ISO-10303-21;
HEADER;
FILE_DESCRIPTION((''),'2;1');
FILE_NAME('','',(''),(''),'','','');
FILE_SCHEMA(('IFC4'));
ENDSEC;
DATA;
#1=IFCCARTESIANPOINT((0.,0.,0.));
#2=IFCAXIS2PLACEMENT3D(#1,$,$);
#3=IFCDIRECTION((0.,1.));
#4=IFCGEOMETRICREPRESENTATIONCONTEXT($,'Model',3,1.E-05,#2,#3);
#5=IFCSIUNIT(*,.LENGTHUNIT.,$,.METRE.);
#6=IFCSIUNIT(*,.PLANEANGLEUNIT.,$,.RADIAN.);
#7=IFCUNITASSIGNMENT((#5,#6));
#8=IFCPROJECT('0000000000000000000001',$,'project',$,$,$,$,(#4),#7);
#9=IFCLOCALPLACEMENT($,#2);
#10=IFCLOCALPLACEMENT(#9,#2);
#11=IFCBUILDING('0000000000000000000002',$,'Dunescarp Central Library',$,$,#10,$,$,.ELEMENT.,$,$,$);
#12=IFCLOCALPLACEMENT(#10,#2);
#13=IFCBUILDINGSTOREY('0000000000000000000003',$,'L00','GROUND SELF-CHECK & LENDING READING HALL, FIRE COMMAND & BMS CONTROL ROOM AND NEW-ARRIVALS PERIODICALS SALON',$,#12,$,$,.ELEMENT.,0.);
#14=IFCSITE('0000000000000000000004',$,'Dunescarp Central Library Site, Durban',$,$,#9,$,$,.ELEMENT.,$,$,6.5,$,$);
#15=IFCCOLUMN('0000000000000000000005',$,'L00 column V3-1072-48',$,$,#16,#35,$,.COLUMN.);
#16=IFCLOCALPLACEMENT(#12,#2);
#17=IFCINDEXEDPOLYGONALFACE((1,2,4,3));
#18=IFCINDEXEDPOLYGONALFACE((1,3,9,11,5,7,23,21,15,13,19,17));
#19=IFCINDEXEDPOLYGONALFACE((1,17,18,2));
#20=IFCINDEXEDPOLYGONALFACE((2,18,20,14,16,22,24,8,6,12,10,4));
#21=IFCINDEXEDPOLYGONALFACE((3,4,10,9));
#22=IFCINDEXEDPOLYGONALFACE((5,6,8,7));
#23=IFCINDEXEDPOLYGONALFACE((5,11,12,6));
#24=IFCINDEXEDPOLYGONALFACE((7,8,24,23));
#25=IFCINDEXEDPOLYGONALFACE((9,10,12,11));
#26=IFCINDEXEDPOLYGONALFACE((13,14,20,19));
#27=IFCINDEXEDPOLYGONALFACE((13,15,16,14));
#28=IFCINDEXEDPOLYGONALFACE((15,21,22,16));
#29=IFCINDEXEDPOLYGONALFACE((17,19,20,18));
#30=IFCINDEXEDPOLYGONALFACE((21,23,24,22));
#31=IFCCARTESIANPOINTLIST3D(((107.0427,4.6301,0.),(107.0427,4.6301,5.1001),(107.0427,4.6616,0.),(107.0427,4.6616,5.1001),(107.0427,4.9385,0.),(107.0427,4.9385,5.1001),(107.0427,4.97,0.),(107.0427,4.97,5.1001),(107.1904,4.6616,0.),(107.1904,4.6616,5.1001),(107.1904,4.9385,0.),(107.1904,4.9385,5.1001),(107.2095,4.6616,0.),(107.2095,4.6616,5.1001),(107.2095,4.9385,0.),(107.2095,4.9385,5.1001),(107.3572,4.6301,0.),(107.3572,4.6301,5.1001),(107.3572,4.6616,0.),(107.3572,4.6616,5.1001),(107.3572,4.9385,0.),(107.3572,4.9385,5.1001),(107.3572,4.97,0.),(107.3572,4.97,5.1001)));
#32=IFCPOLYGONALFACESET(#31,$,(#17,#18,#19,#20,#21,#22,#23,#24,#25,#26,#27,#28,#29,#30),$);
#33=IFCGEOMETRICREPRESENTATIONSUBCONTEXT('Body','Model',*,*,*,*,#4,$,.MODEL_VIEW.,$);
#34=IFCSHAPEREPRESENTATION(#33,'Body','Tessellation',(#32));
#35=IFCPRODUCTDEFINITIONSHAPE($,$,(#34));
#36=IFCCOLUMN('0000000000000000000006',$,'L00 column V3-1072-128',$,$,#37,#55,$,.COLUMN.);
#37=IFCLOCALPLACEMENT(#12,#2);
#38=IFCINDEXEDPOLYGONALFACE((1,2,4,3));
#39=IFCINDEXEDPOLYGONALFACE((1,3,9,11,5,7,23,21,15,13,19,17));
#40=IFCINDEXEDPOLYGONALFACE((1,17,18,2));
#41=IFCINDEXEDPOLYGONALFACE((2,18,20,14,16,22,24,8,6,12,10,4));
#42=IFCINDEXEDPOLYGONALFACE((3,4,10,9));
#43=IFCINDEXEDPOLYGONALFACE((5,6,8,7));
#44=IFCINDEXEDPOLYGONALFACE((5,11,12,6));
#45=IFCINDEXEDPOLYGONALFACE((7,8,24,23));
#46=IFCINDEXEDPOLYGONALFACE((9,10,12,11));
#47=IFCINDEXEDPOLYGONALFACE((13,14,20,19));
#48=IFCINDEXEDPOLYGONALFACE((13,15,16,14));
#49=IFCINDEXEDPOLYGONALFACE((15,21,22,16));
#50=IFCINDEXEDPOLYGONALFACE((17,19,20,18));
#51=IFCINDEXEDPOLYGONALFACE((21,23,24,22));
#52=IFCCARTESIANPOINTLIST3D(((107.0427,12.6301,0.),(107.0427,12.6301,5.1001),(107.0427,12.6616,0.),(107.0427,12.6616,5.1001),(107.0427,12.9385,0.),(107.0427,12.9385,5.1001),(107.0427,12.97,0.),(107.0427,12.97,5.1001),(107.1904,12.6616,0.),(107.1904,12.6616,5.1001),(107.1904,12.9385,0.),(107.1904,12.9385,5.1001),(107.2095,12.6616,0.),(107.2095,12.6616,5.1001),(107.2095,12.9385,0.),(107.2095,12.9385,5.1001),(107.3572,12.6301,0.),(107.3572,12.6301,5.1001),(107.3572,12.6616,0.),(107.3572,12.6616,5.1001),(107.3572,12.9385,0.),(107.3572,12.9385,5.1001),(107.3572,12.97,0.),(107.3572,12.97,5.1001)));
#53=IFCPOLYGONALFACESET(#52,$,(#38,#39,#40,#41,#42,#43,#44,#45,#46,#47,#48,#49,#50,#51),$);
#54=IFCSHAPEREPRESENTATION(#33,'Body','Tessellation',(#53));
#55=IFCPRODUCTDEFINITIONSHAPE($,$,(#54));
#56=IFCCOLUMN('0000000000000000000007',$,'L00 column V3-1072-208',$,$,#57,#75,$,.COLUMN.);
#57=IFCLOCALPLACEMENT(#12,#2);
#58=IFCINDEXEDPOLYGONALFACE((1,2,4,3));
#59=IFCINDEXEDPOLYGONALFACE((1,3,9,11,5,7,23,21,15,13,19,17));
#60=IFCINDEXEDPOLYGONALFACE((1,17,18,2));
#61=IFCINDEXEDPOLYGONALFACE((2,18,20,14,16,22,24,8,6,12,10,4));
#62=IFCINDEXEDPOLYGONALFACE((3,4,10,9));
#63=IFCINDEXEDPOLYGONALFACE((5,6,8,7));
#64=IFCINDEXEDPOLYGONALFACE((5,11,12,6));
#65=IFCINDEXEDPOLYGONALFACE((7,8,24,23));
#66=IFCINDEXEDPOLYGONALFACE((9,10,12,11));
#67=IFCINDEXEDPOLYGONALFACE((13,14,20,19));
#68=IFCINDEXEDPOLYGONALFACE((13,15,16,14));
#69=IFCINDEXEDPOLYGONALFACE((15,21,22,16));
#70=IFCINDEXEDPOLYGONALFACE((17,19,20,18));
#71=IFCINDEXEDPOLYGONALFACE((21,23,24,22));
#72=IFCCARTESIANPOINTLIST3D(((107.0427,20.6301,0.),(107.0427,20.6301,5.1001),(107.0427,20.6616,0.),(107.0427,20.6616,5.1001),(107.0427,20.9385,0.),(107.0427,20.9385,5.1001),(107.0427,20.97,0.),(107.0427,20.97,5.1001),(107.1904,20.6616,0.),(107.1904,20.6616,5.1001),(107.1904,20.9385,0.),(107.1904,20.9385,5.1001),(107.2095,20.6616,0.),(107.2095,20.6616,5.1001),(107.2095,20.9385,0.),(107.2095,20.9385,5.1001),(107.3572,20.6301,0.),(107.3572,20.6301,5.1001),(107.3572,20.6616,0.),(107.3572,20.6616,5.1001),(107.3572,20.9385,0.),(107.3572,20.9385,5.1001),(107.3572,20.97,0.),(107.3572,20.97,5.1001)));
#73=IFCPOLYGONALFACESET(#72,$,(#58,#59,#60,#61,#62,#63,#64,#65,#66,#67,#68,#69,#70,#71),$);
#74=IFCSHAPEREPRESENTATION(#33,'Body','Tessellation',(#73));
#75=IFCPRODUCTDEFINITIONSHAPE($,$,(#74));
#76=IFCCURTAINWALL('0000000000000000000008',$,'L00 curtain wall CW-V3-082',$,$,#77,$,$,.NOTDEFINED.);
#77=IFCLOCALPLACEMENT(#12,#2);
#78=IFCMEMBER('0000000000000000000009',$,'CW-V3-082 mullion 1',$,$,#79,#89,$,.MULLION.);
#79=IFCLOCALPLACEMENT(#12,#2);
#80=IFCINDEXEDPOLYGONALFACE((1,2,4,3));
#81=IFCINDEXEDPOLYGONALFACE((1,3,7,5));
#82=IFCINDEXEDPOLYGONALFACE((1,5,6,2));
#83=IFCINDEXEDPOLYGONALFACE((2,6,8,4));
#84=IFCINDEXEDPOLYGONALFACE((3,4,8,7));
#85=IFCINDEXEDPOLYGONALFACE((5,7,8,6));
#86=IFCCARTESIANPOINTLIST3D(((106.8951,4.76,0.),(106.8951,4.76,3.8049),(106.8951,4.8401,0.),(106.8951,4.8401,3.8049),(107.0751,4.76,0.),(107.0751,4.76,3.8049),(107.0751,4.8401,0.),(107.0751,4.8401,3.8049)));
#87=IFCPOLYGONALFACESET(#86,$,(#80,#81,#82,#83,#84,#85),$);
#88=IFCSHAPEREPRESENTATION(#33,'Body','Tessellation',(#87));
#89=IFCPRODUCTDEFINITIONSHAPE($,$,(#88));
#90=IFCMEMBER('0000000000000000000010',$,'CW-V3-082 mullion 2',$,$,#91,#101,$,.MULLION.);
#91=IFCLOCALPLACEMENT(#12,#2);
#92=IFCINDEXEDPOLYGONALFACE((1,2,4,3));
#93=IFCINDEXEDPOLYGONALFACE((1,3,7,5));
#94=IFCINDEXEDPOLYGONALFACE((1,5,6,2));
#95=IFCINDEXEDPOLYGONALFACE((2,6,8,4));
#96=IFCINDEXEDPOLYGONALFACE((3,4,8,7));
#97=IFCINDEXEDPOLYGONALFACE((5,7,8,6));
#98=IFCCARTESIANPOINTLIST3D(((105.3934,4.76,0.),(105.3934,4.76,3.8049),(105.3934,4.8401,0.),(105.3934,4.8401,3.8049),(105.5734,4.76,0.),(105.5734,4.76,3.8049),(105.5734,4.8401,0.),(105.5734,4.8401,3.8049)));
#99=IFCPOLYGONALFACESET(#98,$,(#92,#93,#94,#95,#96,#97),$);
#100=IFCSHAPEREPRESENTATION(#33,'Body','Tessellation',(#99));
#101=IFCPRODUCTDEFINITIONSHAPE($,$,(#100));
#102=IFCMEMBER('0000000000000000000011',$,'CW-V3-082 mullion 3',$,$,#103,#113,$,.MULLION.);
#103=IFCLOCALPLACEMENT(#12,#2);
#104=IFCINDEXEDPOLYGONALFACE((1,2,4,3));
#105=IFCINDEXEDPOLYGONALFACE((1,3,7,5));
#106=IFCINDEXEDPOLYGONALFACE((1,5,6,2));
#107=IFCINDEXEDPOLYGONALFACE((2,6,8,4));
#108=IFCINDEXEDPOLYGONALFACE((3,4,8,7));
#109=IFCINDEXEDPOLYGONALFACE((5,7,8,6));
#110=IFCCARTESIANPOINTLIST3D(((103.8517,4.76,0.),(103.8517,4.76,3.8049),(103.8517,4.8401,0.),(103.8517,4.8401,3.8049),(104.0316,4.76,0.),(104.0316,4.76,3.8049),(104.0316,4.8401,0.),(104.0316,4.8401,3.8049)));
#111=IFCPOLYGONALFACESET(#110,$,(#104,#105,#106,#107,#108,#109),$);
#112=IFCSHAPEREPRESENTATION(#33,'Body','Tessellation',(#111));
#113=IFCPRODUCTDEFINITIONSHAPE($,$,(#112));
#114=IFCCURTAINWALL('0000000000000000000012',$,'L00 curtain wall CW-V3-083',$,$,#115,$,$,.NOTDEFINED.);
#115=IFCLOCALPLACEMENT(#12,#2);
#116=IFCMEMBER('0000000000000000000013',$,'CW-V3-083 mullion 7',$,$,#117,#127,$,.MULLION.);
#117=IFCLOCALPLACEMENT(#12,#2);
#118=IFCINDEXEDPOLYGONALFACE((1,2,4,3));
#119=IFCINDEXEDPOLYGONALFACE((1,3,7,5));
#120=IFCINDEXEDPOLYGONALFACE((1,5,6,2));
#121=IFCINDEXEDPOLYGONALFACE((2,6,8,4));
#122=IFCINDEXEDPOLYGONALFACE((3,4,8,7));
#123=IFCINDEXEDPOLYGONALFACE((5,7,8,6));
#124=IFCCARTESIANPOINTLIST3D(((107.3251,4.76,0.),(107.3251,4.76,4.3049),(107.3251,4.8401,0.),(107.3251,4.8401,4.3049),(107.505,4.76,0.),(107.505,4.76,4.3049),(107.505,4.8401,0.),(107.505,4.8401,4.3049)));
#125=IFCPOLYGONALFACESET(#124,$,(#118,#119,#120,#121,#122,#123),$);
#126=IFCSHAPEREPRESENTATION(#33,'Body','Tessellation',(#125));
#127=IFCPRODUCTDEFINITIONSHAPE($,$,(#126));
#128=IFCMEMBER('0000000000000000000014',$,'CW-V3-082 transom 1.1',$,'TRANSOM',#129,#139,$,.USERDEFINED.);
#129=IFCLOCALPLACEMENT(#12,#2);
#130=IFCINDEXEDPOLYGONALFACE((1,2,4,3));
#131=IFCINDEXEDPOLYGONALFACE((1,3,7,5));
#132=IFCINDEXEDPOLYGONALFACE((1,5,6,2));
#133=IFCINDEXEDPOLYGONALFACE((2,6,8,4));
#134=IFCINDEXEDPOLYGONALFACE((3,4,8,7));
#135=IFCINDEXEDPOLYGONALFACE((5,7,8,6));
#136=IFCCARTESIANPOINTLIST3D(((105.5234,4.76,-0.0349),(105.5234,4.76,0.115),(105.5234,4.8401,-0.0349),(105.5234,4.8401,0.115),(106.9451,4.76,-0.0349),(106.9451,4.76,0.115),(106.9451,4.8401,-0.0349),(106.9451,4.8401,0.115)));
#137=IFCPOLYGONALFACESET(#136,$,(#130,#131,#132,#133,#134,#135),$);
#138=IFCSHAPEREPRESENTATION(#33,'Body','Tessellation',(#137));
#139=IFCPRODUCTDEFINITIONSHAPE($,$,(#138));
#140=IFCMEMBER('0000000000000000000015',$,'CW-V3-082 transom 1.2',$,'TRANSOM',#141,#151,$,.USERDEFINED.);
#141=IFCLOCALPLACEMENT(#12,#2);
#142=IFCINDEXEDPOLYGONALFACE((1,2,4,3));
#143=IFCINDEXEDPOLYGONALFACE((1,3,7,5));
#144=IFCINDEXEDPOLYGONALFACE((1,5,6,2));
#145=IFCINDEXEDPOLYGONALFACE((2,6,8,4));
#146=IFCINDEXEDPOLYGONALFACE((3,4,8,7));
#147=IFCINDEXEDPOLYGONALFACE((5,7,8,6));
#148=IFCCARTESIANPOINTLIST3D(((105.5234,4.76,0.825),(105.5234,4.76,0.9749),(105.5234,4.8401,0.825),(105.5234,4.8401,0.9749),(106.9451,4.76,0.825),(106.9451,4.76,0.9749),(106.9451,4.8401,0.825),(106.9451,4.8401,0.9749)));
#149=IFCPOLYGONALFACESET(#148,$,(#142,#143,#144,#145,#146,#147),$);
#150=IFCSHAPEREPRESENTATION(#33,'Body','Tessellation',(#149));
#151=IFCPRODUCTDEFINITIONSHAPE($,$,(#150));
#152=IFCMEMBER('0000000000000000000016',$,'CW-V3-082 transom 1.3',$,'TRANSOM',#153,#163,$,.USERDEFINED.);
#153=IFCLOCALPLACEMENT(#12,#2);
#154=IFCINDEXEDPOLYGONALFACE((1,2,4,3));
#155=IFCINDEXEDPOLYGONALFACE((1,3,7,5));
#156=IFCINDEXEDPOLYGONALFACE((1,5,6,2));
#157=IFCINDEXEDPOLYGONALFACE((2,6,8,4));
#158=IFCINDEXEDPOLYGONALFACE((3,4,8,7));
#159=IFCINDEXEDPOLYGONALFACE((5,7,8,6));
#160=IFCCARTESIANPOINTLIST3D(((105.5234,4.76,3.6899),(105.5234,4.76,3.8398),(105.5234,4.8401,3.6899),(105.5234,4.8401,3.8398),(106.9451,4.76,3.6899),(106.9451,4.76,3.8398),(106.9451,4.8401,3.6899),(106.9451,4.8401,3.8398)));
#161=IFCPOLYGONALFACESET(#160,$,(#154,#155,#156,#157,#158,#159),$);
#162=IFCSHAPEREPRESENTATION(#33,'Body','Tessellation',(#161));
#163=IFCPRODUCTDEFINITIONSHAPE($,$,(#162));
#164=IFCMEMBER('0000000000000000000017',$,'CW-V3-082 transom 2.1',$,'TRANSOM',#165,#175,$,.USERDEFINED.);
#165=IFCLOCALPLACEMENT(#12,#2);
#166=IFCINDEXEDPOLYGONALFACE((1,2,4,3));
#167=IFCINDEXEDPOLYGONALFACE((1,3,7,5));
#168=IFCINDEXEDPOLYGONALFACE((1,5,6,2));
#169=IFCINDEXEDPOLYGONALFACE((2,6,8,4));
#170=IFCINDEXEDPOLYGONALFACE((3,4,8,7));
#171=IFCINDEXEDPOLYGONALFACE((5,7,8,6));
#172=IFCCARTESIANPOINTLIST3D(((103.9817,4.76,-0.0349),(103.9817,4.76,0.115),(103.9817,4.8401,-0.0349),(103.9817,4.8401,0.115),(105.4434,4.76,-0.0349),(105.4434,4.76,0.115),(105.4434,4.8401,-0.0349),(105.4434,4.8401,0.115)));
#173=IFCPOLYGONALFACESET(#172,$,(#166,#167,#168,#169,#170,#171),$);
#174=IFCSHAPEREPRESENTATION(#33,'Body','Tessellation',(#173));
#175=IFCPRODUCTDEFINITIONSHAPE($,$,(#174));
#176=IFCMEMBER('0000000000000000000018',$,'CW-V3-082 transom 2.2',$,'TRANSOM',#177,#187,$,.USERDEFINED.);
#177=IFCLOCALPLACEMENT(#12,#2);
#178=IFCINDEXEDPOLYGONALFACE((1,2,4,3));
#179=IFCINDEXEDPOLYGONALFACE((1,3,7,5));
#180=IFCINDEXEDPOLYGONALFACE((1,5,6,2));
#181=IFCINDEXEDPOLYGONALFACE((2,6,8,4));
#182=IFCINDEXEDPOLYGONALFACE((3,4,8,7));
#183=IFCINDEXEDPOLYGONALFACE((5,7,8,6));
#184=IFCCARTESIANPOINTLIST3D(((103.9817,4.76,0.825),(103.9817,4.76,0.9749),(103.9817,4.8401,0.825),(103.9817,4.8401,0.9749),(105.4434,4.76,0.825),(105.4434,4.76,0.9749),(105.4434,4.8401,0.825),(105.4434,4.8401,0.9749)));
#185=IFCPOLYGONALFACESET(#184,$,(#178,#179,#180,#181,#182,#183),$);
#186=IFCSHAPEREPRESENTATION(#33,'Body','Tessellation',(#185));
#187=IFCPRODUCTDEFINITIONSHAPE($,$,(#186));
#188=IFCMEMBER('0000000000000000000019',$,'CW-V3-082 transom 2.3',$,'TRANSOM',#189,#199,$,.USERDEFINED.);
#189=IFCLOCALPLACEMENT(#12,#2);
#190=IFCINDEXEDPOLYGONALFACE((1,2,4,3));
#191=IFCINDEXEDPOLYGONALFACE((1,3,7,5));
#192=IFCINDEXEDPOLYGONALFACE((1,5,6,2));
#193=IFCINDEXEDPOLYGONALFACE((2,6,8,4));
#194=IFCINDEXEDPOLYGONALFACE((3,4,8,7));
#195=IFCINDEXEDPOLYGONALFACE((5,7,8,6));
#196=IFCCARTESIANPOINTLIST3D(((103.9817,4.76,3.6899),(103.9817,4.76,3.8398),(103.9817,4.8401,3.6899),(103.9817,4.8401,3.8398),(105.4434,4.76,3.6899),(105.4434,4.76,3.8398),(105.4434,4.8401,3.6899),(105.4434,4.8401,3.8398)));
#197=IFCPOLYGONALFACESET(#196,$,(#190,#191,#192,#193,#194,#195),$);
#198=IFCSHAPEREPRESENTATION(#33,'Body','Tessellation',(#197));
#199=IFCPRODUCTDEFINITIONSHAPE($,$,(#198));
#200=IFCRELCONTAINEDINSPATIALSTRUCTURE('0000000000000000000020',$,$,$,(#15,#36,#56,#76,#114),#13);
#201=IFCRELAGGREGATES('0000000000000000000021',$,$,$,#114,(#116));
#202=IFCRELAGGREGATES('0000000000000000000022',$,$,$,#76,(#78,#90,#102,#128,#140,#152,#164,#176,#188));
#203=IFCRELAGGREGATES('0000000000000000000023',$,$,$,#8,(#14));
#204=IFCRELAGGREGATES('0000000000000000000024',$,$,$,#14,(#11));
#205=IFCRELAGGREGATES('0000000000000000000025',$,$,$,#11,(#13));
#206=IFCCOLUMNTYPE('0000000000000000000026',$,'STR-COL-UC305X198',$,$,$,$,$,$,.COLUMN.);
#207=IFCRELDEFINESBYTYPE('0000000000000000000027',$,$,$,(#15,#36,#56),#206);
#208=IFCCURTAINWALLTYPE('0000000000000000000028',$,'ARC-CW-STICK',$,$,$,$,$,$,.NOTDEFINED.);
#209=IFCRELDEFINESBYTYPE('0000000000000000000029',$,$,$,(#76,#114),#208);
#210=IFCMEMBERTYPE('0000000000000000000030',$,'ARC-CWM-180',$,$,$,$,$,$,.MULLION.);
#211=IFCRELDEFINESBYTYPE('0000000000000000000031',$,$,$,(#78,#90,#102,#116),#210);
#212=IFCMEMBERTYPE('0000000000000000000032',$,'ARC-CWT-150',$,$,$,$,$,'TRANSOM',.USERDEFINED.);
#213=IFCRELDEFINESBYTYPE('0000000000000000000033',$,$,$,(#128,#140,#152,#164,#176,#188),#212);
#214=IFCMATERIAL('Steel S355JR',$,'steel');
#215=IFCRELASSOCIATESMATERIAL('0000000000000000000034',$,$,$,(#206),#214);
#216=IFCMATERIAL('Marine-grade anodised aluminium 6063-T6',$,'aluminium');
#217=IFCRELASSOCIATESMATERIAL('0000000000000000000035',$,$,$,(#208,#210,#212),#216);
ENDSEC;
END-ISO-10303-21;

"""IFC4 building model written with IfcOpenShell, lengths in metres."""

from ifc_helpers import new_model, si_unit, direction, frame, origin, origin_2d, place, context, subcontext, project, spatial, rectangle, i_section, extrude, material, material_profile, profile_set, type_object, element, aggregate, save


model = new_model("IFC4")

# Units and contexts
model_context = context("Model", 3, precision=1e-05, world=origin(), true_north=direction((0.0, 1.0)))
body_context = subcontext(model_context, "Body", "Model", "MODEL_VIEW")
ifc_project = project(units=[si_unit("LENGTHUNIT", "METRE"), si_unit("PLANEANGLEUNIT", "RADIAN")], contexts=[model_context])

# Site, building, storey
site_placement = place(None, origin())
site = spatial("IfcSite", under=ifc_project, at=site_placement, Name="Dunescarp Central Library Site, Durban", CompositionType="ELEMENT", RefElevation=6.5)
building_placement = place(site_placement, origin())
building = spatial("IfcBuilding", under=site, at=building_placement, Name="Dunescarp Central Library", CompositionType="ELEMENT")
storey_placement = place(building_placement, origin())
storey = spatial("IfcBuildingStorey", under=building, at=storey_placement, Name="L00", Description="GROUND SELF-CHECK & LENDING READING HALL, FIRE COMMAND & BMS CONTROL ROOM AND NEW-ARRIVALS PERIODICALS SALON", CompositionType="ELEMENT", Elevation=0.0)

# Columns
ifc_material_1 = material(Name="Steel S355JR", Category="steel")
ifc_material_profile_1 = material_profile(ifc_material_1, i_section(OverallWidth=0.3145, OverallDepth=0.3398, WebThickness=0.019, FlangeThickness=0.0315, at=origin_2d()), Name="UC 305x305x198")
ifc_profile_set_1 = profile_set([ifc_material_profile_1], Name="Steel S355JR")
column_type = type_object("IfcColumnType", Name="STR-COL-UC305X198", PredefinedType="COLUMN", material=ifc_profile_set_1)
for number, where, z_axis, x_axis, name in (
    (1, (107.2, 4.8, 0.0), (0.0, 0.0, 1.0), (1.0, 0.0, 0.0), "L00 column V3-1072-48"),
    (2, (107.2, 12.8, 0.0), (0.0, 0.0, 1.0), (1.0, 0.0, 0.0), "L00 column V3-1072-128"),
    (3, (107.2, 20.8, 0.0), (0.0, 0.0, 1.0), (1.0, 0.0, 0.0), "L00 column V3-1072-208"),
):
    element("IfcColumn", number, at=place(storey_placement, frame(where, z_axis=z_axis, x_axis=x_axis)), inside=storey, type_object=column_type, Name=name, PredefinedType="COLUMN", context=body_context, shape_type="SweptSolid", body=[
        extrude(i_section(OverallWidth=0.3145, OverallDepth=0.3398, WebThickness=0.019, FlangeThickness=0.0315, at=origin_2d()), origin(), (0.0, 0.0, 1.0), 5.1001),
    ])

# Curtain wall, members
ifc_material_2 = material(Name="Marine-grade anodised aluminium 6063-T6", Category="aluminium")
curtain_wall_type = type_object("IfcCurtainWallType", Name="ARC-CW-STICK", PredefinedType="NOTDEFINED", material=ifc_material_2)
curtain_wall_1_placement = place(storey_placement, origin())
curtain_wall_1 = element("IfcCurtainWall", 4, at=curtain_wall_1_placement, inside=storey, type_object=curtain_wall_type, Name="L00 curtain wall CW-V3-082", PredefinedType="NOTDEFINED")
ifc_material_profile_2 = material_profile(ifc_material_2, rectangle(XDim=0.0801, YDim=0.1799, at=origin_2d()), Name="AL 80x180")
ifc_profile_set_2 = profile_set([ifc_material_profile_2], Name="Marine-grade anodised aluminium 6063-T6")
member_type_1 = type_object("IfcMemberType", Name="ARC-CWM-180", PredefinedType="MULLION", material=ifc_profile_set_2)
member_1_placement = place(storey_placement, frame((106.9851, 4.8, 0.0), z_axis=(0.0, 0.0, 1.0), x_axis=(0.0, -1.0, 0.0)))
member_1 = element("IfcMember", 5, at=member_1_placement, type_object=member_type_1, Name="CW-V3-082 mullion 1", PredefinedType="MULLION", context=body_context, shape_type="SweptSolid", body=[
    extrude(rectangle(XDim=0.0801, YDim=0.1799, at=origin_2d()), origin(), (0.0, 0.0, 1.0), 3.8049),
])
member_2_placement = place(storey_placement, frame((105.4834, 4.8, 0.0), z_axis=(0.0, 0.0, 1.0), x_axis=(0.0, -1.0, 0.0)))
member_2 = element("IfcMember", 6, at=member_2_placement, type_object=member_type_1, Name="CW-V3-082 mullion 2", PredefinedType="MULLION", context=body_context, shape_type="SweptSolid", body=[
    extrude(rectangle(XDim=0.0801, YDim=0.1799, at=origin_2d()), origin(), (0.0, 0.0, 1.0), 3.8049),
])
member_3_placement = place(storey_placement, frame((103.9417, 4.8, 0.0), z_axis=(0.0, 0.0, 1.0), x_axis=(0.0, -1.0, 0.0)))
member_3 = element("IfcMember", 7, at=member_3_placement, type_object=member_type_1, Name="CW-V3-082 mullion 3", PredefinedType="MULLION", context=body_context, shape_type="SweptSolid", body=[
    extrude(rectangle(XDim=0.0801, YDim=0.1799, at=origin_2d()), origin(), (0.0, 0.0, 1.0), 3.8049),
])

# Curtain wall, member
curtain_wall_2_placement = place(storey_placement, origin())
curtain_wall_2 = element("IfcCurtainWall", 8, at=curtain_wall_2_placement, inside=storey, type_object=curtain_wall_type, Name="L00 curtain wall CW-V3-083", PredefinedType="NOTDEFINED")
member_4_placement = place(storey_placement, frame((107.415, 4.8, 0.0), z_axis=(0.0, 0.0, 1.0), x_axis=(0.0, -1.0, 0.0)))
member_4 = element("IfcMember", 9, at=member_4_placement, type_object=member_type_1, Name="CW-V3-083 mullion 7", PredefinedType="MULLION", context=body_context, shape_type="SweptSolid", body=[
    extrude(rectangle(XDim=0.0801, YDim=0.1799, at=origin_2d()), origin(), (0.0, 0.0, 1.0), 4.3049),
])
aggregate(curtain_wall_2, [member_4])

# Members
ifc_material_profile_3 = material_profile(ifc_material_2, rectangle(XDim=0.0801, YDim=0.1499, at=origin_2d()), Name="AL 80x150")
ifc_profile_set_3 = profile_set([ifc_material_profile_3], Name="Marine-grade anodised aluminium 6063-T6")
member_type_2 = type_object("IfcMemberType", Name="ARC-CWT-150", ElementType="TRANSOM", PredefinedType="USERDEFINED", material=ifc_profile_set_3)
member_5_placement = place(storey_placement, frame((106.9451, 4.8, 0.04), z_axis=(-1.0, 0.0, 0.0), x_axis=(0.0, -1.0, 0.0)))
member_5 = element("IfcMember", 10, at=member_5_placement, type_object=member_type_2, Name="CW-V3-082 transom 1.1", ObjectType="TRANSOM", PredefinedType="USERDEFINED", context=body_context, shape_type="SweptSolid", body=[
    extrude(rectangle(XDim=0.0801, YDim=0.1499, at=origin_2d()), origin(), (0.0, 0.0, 1.0), 1.4216),
])
member_6_placement = place(storey_placement, frame((106.9451, 4.8, 0.8999), z_axis=(-1.0, 0.0, 0.0), x_axis=(0.0, -1.0, 0.0)))
member_6 = element("IfcMember", 11, at=member_6_placement, type_object=member_type_2, Name="CW-V3-082 transom 1.2", ObjectType="TRANSOM", PredefinedType="USERDEFINED", context=body_context, shape_type="SweptSolid", body=[
    extrude(rectangle(XDim=0.0801, YDim=0.1499, at=origin_2d()), origin(), (0.0, 0.0, 1.0), 1.4216),
])
member_7_placement = place(storey_placement, frame((106.9451, 4.8, 3.7649), z_axis=(-1.0, 0.0, 0.0), x_axis=(0.0, -1.0, 0.0)))
member_7 = element("IfcMember", 12, at=member_7_placement, type_object=member_type_2, Name="CW-V3-082 transom 1.3", ObjectType="TRANSOM", PredefinedType="USERDEFINED", context=body_context, shape_type="SweptSolid", body=[
    extrude(rectangle(XDim=0.0801, YDim=0.1499, at=origin_2d()), origin(), (0.0, 0.0, 1.0), 1.4216),
])
member_8_placement = place(storey_placement, frame((105.4434, 4.8, 0.04), z_axis=(-1.0, 0.0, 0.0), x_axis=(0.0, -1.0, 0.0)))
member_8 = element("IfcMember", 13, at=member_8_placement, type_object=member_type_2, Name="CW-V3-082 transom 2.1", ObjectType="TRANSOM", PredefinedType="USERDEFINED", context=body_context, shape_type="SweptSolid", body=[
    extrude(rectangle(XDim=0.0801, YDim=0.1499, at=origin_2d()), origin(), (0.0, 0.0, 1.0), 1.4617),
])
member_9_placement = place(storey_placement, frame((105.4434, 4.8, 0.8999), z_axis=(-1.0, 0.0, 0.0), x_axis=(0.0, -1.0, 0.0)))
member_9 = element("IfcMember", 14, at=member_9_placement, type_object=member_type_2, Name="CW-V3-082 transom 2.2", ObjectType="TRANSOM", PredefinedType="USERDEFINED", context=body_context, shape_type="SweptSolid", body=[
    extrude(rectangle(XDim=0.0801, YDim=0.1499, at=origin_2d()), origin(), (0.0, 0.0, 1.0), 1.4617),
])
member_10_placement = place(storey_placement, frame((105.4434, 4.8, 3.7649), z_axis=(-1.0, 0.0, 0.0), x_axis=(0.0, -1.0, 0.0)))
member_10 = element("IfcMember", 15, at=member_10_placement, type_object=member_type_2, Name="CW-V3-082 transom 2.3", ObjectType="TRANSOM", PredefinedType="USERDEFINED", context=body_context, shape_type="SweptSolid", body=[
    extrude(rectangle(XDim=0.0801, YDim=0.1499, at=origin_2d()), origin(), (0.0, 0.0, 1.0), 1.4617),
])

aggregate(curtain_wall_1, [member_1, member_2, member_3, member_5, member_6, member_7, member_8, member_9, member_10])

save(model, "model.ifc")
